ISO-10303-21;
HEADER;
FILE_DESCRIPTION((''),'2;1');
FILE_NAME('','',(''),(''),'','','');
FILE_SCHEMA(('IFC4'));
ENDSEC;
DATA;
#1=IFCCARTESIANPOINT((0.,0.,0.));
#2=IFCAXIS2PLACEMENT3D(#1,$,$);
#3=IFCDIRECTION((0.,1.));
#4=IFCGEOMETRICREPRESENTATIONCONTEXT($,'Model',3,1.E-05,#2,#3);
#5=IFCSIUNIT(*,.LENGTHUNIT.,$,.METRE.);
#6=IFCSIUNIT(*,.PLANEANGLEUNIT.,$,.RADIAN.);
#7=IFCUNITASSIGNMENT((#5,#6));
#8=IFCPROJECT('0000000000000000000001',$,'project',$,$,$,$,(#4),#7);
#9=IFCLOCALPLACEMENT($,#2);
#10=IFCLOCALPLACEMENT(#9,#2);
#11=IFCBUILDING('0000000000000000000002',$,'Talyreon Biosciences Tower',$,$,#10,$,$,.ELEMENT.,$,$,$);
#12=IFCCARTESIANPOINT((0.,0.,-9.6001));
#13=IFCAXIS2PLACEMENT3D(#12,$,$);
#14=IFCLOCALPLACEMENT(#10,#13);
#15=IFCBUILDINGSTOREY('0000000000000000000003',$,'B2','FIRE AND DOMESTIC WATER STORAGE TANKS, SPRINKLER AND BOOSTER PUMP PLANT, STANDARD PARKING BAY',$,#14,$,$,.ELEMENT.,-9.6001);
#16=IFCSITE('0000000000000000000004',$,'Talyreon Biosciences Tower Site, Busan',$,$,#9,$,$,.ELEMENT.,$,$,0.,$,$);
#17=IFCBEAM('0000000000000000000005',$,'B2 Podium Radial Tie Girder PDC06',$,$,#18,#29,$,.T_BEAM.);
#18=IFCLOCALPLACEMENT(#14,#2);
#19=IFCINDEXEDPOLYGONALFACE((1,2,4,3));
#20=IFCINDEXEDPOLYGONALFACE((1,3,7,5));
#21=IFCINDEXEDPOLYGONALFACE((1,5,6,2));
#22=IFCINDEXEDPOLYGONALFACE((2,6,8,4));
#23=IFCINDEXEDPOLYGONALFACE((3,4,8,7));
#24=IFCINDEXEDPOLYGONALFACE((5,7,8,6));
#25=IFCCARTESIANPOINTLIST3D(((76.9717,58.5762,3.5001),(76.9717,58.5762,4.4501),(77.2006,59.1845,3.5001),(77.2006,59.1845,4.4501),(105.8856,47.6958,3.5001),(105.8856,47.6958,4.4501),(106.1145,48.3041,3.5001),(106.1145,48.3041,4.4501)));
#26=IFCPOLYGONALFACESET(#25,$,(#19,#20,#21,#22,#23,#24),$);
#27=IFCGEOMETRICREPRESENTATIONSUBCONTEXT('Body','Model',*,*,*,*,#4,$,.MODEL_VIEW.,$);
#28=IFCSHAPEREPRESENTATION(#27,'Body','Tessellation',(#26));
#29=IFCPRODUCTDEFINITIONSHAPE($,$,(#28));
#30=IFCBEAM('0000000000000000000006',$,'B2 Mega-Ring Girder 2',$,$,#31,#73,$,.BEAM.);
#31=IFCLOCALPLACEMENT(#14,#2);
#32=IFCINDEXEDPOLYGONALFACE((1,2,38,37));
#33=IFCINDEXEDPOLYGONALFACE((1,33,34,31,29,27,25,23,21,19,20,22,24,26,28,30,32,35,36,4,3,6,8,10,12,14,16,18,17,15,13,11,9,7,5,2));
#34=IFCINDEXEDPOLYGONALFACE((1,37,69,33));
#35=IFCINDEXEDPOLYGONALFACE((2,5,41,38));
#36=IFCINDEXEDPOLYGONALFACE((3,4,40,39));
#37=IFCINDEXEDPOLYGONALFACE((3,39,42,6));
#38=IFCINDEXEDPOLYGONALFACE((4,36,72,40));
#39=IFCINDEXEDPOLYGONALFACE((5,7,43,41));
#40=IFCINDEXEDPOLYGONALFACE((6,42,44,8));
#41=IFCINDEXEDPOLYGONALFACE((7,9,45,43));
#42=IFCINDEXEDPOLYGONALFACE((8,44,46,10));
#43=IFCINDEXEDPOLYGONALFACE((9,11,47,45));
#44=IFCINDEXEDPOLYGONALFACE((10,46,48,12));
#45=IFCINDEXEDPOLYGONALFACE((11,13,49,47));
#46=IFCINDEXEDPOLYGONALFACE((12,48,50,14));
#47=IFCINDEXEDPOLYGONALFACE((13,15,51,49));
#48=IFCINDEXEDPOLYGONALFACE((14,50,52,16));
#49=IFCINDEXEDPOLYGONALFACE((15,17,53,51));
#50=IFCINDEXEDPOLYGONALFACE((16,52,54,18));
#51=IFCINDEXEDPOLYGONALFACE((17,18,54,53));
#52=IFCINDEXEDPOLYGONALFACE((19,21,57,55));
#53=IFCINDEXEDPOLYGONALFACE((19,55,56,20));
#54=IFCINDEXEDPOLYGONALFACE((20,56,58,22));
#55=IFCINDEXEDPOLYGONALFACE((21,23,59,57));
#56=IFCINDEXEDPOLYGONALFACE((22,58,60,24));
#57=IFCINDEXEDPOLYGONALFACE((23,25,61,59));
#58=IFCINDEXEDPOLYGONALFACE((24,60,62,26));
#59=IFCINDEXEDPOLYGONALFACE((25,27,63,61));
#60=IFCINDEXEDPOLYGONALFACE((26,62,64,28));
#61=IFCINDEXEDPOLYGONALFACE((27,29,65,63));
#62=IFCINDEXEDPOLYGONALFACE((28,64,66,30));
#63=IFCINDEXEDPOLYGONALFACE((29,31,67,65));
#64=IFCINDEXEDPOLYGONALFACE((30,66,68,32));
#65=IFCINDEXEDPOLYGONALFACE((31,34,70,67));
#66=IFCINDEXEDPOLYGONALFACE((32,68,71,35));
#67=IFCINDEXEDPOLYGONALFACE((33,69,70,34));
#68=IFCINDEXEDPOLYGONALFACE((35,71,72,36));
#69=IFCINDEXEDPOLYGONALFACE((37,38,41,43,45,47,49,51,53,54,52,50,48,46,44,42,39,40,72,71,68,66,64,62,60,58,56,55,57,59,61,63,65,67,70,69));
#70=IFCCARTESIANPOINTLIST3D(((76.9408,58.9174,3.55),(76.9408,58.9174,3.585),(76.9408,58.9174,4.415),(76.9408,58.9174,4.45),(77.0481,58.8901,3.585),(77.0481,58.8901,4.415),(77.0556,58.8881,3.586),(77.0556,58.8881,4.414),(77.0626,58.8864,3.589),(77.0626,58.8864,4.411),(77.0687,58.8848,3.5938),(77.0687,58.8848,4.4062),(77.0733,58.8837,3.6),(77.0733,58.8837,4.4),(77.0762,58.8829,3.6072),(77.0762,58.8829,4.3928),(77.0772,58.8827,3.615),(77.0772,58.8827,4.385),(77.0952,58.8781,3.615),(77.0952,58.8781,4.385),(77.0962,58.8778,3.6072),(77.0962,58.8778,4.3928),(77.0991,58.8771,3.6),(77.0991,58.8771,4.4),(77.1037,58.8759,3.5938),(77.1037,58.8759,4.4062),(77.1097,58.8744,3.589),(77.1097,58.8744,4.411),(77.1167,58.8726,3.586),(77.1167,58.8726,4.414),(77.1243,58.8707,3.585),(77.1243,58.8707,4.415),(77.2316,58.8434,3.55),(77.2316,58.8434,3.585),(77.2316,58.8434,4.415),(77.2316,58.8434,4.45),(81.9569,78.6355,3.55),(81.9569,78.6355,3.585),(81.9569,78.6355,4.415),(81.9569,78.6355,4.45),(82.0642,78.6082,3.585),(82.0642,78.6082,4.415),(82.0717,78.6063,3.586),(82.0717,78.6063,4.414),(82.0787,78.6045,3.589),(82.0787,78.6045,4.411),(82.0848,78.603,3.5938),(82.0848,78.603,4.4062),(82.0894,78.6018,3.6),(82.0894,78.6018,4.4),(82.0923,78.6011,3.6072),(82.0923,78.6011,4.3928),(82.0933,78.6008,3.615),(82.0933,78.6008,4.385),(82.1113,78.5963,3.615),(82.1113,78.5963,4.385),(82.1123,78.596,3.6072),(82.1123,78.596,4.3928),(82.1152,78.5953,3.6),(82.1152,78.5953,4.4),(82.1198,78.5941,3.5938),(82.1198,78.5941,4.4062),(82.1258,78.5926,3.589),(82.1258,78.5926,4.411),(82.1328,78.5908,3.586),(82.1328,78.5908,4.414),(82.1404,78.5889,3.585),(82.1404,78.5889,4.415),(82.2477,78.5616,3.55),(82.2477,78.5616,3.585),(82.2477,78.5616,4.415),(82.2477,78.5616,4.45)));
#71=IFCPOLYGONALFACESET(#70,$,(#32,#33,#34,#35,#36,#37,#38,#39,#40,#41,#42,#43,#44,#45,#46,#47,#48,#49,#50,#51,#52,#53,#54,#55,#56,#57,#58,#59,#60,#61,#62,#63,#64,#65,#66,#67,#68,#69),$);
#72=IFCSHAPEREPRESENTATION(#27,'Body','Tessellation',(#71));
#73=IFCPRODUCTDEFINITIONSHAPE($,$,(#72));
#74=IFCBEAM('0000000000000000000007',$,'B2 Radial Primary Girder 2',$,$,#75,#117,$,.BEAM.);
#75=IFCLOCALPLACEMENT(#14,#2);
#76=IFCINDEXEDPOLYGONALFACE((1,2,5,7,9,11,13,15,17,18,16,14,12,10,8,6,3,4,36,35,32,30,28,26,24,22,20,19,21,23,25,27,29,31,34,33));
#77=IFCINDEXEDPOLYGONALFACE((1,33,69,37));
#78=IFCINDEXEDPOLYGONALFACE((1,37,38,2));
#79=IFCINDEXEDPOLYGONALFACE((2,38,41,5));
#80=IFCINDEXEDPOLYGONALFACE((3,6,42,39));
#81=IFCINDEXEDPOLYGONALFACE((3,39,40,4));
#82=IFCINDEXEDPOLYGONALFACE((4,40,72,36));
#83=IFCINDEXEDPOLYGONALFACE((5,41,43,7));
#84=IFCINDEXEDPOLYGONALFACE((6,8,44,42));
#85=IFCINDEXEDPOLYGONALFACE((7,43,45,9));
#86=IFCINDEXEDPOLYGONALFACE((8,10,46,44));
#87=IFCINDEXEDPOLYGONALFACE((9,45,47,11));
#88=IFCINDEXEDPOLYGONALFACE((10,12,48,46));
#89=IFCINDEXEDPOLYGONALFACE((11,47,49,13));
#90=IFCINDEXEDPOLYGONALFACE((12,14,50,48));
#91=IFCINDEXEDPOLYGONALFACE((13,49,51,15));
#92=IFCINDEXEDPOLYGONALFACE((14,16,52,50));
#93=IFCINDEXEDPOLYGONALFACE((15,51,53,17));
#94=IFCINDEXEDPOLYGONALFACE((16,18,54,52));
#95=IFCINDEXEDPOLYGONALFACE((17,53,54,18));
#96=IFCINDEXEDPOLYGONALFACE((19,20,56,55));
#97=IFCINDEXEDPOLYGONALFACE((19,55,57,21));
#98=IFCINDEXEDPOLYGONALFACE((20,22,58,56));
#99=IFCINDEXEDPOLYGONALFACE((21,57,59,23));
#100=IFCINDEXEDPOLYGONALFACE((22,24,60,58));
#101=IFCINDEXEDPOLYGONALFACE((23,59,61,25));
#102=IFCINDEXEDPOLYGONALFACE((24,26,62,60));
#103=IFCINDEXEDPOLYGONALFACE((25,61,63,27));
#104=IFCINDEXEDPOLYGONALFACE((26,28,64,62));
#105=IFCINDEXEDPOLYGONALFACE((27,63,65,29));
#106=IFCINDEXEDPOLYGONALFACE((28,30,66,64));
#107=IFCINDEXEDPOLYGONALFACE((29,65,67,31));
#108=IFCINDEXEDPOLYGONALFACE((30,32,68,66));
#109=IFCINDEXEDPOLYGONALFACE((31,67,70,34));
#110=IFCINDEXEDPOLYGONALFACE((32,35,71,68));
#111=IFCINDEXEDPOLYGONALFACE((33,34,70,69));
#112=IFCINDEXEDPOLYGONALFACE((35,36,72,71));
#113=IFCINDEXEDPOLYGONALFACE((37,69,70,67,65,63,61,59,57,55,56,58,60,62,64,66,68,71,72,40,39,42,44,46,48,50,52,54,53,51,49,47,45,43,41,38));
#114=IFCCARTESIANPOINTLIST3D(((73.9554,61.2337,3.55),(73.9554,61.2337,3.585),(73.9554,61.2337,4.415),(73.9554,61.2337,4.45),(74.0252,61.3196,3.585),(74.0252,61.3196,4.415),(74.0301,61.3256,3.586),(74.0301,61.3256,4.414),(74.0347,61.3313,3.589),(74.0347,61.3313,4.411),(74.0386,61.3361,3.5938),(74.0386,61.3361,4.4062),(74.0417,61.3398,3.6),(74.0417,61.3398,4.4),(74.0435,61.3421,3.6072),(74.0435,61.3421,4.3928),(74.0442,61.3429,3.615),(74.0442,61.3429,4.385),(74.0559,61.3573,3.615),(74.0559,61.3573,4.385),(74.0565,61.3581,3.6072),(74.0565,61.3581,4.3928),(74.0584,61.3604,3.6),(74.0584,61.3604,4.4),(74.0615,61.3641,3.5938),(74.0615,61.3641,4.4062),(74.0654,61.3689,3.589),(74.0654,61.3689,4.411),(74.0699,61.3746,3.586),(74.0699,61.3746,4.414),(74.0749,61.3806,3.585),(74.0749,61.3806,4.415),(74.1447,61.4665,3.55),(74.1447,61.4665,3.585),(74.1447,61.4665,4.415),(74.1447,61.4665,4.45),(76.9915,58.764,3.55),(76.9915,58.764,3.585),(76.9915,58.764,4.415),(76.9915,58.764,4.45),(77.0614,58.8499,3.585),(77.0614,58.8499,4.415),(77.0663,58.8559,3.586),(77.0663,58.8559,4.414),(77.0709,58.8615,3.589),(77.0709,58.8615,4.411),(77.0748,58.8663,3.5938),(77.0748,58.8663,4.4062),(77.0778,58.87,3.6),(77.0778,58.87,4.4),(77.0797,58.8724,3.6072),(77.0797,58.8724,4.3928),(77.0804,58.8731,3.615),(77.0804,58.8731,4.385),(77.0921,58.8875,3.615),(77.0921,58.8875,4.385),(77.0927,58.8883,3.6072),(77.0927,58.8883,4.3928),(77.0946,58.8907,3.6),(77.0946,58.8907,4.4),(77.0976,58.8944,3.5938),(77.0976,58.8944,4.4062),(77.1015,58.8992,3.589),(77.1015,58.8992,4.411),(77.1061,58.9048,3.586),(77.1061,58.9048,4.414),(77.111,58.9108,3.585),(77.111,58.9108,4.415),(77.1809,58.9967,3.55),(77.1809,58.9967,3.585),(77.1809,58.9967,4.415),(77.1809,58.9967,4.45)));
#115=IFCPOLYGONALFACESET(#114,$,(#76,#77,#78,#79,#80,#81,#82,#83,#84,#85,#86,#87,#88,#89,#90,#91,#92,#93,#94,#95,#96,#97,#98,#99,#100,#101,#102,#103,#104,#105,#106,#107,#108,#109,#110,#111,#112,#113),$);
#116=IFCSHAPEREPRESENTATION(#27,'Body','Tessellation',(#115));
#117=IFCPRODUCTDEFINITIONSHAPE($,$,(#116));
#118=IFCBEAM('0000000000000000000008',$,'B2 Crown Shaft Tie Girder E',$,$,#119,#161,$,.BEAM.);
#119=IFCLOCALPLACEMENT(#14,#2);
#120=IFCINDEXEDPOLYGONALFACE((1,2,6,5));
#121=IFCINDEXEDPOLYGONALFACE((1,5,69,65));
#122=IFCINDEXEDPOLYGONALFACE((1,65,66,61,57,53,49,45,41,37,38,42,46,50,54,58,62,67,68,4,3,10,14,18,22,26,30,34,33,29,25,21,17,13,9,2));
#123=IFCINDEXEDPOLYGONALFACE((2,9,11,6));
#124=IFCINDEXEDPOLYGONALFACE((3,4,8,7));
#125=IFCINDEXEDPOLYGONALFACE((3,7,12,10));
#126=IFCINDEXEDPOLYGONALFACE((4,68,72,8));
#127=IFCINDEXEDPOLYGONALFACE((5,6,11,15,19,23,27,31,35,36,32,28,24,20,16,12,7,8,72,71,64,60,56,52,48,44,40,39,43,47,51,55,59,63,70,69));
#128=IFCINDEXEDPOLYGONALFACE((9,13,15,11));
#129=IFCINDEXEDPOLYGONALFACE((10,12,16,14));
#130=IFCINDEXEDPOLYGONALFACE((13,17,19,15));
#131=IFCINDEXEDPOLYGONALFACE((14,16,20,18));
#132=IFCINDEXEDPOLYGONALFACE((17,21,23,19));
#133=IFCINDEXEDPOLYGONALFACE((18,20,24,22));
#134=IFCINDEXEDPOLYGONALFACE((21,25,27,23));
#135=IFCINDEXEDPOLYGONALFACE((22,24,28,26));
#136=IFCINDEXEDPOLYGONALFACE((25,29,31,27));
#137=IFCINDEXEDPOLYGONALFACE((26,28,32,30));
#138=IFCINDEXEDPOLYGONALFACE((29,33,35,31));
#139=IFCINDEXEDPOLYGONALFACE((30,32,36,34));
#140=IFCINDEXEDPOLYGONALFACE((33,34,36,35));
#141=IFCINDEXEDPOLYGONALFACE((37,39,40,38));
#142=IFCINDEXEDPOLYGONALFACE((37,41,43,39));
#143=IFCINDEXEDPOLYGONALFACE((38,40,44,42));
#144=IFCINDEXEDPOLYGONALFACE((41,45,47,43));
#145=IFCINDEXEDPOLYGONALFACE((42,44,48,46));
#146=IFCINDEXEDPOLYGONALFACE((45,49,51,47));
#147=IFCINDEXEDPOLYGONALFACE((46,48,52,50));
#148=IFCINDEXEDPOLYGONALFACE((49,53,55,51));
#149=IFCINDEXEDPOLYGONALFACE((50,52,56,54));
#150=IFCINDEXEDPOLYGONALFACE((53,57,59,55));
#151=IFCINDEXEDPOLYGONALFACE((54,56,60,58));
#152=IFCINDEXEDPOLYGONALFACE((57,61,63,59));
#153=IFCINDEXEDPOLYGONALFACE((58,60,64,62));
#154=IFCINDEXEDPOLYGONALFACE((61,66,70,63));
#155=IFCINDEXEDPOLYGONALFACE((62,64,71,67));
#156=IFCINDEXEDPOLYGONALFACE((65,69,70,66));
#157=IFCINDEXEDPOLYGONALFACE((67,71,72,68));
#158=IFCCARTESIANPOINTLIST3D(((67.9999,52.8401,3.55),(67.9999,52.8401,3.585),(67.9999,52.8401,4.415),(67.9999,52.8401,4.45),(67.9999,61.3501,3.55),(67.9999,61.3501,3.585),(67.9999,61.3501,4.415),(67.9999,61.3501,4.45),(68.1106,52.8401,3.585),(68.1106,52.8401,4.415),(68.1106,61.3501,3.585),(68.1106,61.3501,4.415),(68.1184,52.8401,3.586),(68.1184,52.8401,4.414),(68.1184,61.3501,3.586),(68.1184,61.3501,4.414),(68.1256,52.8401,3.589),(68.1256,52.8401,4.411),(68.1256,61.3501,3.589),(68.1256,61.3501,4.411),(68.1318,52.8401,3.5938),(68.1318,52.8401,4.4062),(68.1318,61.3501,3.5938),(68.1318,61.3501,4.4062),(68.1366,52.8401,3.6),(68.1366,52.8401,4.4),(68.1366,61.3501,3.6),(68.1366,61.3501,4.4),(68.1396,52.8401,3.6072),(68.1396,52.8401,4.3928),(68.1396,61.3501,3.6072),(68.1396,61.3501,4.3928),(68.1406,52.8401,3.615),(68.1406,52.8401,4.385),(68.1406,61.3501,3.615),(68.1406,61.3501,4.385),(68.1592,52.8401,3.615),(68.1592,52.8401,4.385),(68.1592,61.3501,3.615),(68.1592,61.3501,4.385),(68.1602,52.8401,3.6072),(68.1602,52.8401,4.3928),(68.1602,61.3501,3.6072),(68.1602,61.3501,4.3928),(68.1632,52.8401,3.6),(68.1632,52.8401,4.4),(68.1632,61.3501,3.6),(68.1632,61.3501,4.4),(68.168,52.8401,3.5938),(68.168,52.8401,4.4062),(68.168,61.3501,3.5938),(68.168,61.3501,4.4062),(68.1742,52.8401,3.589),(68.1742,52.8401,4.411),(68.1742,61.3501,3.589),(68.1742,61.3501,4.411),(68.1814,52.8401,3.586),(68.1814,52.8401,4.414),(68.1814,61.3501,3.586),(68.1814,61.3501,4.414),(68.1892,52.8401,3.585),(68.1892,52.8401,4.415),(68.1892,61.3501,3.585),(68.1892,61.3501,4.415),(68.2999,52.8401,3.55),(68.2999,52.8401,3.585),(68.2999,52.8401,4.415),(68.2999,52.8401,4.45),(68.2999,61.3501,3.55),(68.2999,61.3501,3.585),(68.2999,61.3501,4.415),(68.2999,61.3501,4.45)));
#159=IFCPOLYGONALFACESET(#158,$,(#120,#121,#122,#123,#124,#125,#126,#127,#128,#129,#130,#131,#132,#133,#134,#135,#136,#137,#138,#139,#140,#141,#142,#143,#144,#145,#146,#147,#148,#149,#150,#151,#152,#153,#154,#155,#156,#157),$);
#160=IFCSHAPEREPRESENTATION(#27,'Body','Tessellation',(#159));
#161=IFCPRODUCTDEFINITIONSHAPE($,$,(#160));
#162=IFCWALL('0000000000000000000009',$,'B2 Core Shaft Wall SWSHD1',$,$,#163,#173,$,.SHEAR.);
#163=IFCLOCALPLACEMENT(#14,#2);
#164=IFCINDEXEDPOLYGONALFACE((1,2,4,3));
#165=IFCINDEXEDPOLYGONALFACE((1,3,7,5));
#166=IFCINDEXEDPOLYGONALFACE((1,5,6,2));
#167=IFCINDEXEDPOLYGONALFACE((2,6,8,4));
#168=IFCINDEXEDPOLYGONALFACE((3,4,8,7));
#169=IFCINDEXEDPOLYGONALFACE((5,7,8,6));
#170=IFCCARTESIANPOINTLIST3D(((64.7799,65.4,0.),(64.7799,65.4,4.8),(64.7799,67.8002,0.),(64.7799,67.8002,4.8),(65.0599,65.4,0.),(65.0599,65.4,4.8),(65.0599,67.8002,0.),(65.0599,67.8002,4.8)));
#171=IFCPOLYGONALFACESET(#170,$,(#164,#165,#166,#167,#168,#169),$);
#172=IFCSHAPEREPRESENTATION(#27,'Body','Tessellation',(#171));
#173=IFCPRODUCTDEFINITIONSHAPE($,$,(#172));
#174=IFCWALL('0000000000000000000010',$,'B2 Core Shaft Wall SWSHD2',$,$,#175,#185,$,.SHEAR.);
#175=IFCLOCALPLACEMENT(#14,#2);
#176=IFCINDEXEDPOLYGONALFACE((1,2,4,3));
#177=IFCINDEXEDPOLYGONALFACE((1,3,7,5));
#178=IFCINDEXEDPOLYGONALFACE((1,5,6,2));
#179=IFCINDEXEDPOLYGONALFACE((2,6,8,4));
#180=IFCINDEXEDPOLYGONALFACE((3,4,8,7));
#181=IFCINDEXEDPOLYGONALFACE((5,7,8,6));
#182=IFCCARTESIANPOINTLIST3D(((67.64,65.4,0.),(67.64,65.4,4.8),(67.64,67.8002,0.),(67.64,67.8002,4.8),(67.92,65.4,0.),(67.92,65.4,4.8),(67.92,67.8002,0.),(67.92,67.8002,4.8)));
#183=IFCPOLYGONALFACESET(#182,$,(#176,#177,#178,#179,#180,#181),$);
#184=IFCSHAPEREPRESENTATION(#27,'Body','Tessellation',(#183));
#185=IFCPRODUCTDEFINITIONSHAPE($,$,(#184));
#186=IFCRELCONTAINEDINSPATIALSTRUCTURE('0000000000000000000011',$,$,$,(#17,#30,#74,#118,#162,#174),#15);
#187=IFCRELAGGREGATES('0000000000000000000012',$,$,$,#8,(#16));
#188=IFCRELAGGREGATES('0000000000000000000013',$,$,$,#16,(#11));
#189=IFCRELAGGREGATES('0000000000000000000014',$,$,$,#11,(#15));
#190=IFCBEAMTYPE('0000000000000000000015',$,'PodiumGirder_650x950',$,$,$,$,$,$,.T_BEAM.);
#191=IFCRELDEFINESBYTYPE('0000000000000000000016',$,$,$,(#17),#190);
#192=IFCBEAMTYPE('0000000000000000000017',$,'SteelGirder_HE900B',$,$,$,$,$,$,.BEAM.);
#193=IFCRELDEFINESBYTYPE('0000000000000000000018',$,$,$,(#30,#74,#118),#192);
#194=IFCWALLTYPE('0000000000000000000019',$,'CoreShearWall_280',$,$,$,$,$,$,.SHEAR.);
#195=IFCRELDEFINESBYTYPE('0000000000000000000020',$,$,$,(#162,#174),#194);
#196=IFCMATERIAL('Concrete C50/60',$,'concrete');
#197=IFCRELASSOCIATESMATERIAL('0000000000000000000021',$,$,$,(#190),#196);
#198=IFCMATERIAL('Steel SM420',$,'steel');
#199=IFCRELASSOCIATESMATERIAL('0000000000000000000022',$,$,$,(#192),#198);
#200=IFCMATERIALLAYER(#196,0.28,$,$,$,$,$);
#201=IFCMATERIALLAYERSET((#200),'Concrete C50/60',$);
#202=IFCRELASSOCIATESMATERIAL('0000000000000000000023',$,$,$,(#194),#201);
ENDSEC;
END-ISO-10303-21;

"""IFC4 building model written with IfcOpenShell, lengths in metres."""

from ifc_helpers import new_model, si_unit, direction, frame, frame_2d, origin, origin_2d, place, context, subcontext, project, spatial, rectangle, i_section, extrude, material, layer, layer_set, material_profile, profile_set, type_object, element, save


model = new_model("IFC4")

# Units and contexts
model_context = context("Model", 3, precision=1e-05, world=origin(), true_north=direction((0.0, 1.0)))
body_context = subcontext(model_context, "Body", "Model", "MODEL_VIEW")
ifc_project = project(units=[si_unit("LENGTHUNIT", "METRE"), si_unit("PLANEANGLEUNIT", "RADIAN")], contexts=[model_context])

# Site, building, storey
site_placement = place(None, origin())
site = spatial("IfcSite", under=ifc_project, at=site_placement, Name="Talyreon Biosciences Tower Site, Busan", CompositionType="ELEMENT", RefElevation=0.0)
building_placement = place(site_placement, origin())
building = spatial("IfcBuilding", under=site, at=building_placement, Name="Talyreon Biosciences Tower", CompositionType="ELEMENT")
storey_placement = place(building_placement, frame((0.0, 0.0, -9.6001)))
storey = spatial("IfcBuildingStorey", under=building, at=storey_placement, Name="B2", Description="FIRE AND DOMESTIC WATER STORAGE TANKS, SPRINKLER AND BOOSTER PUMP PLANT, STANDARD PARKING BAY", CompositionType="ELEMENT", Elevation=-9.6001)

# Shared definitions
ifc_material_1 = material(Name="Concrete C50/60", Category="concrete")

# Beams
ifc_material_profile_1 = material_profile(ifc_material_1, rectangle(XDim=0.6499, YDim=0.95, at=origin_2d()), Name="RCB 650x950")
ifc_profile_set_1 = profile_set([ifc_material_profile_1], Name="Concrete C50/60")
beam_type_1 = type_object("IfcBeamType", Name="PodiumGirder_650x950", PredefinedType="T_BEAM", material=ifc_profile_set_1)
beam_1_placement = place(storey_placement, frame((77.0862, 58.8804, 3.9751), z_axis=(0.935927, -0.352193, 0.0), x_axis=(0.352193, 0.935927, 0.0)))
element("IfcBeam", 1, at=beam_1_placement, inside=storey, type_object=beam_type_1, Name="B2 Podium Radial Tie Girder PDC06", PredefinedType="T_BEAM", context=body_context, shape_type="SweptSolid", body=[
    extrude(rectangle(XDim=0.6499, YDim=0.95, at=origin_2d()), origin(), (0.0, 0.0, 1.0), 30.8933),
])
ifc_material_2 = material(Name="Steel SM420", Category="steel")
ifc_material_profile_2 = material_profile(ifc_material_2, i_section(OverallWidth=0.3, OverallDepth=0.8999, WebThickness=0.0186, FlangeThickness=0.0349, FilletRadius=0.03, at=origin_2d()), Name="HE900B")
ifc_profile_set_2 = profile_set([ifc_material_profile_2], Name="Steel SM420")
beam_type_2 = type_object("IfcBeamType", Name="SteelGirder_HE900B", PredefinedType="BEAM", material=ifc_profile_set_2)
beam_2_placement = place(storey_placement, frame((77.0862, 58.8804, 4.0), z_axis=(0.246537, 0.969133, 0.0), x_axis=(-0.969133, 0.246537, 0.0)))
element("IfcBeam", 2, at=beam_2_placement, inside=storey, type_object=beam_type_2, Name="B2 Mega-Ring Girder 2", PredefinedType="BEAM", context=body_context, shape_type="SweptSolid", body=[
    extrude(i_section(OverallWidth=0.3, OverallDepth=0.8999, WebThickness=0.0186, FlangeThickness=0.0349, FilletRadius=0.03, at=origin_2d()), origin(), (0.0, 0.0, 1.0), 20.3462),
])
beam_3_placement = place(storey_placement, frame((74.05, 61.3501, 4.0), z_axis=(0.775755, -0.631034, 0.0), x_axis=(0.631034, 0.775755, 0.0)))
element("IfcBeam", 3, at=beam_3_placement, inside=storey, type_object=beam_type_2, Name="B2 Radial Primary Girder 2", PredefinedType="BEAM", context=body_context, shape_type="SweptSolid", body=[
    extrude(i_section(OverallWidth=0.3, OverallDepth=0.8999, WebThickness=0.0186, FlangeThickness=0.0349, FilletRadius=0.03, at=origin_2d()), origin(), (0.0, 0.0, 1.0), 3.9138),
])
beam_4_placement = place(storey_placement, frame((68.1499, 52.8401, 4.0), z_axis=(0.0, 1.0, 0.0), x_axis=(-1.0, 0.0, 0.0)))
element("IfcBeam", 4, at=beam_4_placement, inside=storey, type_object=beam_type_2, Name="B2 Crown Shaft Tie Girder E", PredefinedType="BEAM", context=body_context, shape_type="SweptSolid", body=[
    extrude(i_section(OverallWidth=0.3, OverallDepth=0.8999, WebThickness=0.0186, FlangeThickness=0.0349, FilletRadius=0.03, at=origin_2d()), origin(), (0.0, 0.0, 1.0), 8.51),
])

# Walls
ifc_layer_1 = layer(ifc_material_1, 0.28)
ifc_layer_set_1 = layer_set([ifc_layer_1], Name="Concrete C50/60")
wall_type_1 = type_object("IfcWallType", Name="CoreShearWall_280", PredefinedType="SHEAR", material=ifc_layer_set_1)
for number, where, z_axis, x_axis, name in (
    (5, (64.9199, 65.3999, 0.0), (0.0, 0.0, 1.0), (0.0, 1.0, 0.0), "B2 Core Shaft Wall SWSHD1"),
    (6, (67.78, 65.3999, 0.0), (0.0, 0.0, 1.0), (0.0, 1.0, 0.0), "B2 Core Shaft Wall SWSHD2"),
):
    element("IfcWall", number, at=place(storey_placement, frame(where, z_axis=z_axis, x_axis=x_axis)), inside=storey, type_object=wall_type_1, Name=name, PredefinedType="SHEAR", context=body_context, shape_type="SweptSolid", body=[
        extrude(rectangle(XDim=2.4001, YDim=0.28, at=frame_2d((1.2002, 0.0))), origin(), (0.0, 0.0, 1.0), 4.8),
    ])

save(model, "model.ifc")
